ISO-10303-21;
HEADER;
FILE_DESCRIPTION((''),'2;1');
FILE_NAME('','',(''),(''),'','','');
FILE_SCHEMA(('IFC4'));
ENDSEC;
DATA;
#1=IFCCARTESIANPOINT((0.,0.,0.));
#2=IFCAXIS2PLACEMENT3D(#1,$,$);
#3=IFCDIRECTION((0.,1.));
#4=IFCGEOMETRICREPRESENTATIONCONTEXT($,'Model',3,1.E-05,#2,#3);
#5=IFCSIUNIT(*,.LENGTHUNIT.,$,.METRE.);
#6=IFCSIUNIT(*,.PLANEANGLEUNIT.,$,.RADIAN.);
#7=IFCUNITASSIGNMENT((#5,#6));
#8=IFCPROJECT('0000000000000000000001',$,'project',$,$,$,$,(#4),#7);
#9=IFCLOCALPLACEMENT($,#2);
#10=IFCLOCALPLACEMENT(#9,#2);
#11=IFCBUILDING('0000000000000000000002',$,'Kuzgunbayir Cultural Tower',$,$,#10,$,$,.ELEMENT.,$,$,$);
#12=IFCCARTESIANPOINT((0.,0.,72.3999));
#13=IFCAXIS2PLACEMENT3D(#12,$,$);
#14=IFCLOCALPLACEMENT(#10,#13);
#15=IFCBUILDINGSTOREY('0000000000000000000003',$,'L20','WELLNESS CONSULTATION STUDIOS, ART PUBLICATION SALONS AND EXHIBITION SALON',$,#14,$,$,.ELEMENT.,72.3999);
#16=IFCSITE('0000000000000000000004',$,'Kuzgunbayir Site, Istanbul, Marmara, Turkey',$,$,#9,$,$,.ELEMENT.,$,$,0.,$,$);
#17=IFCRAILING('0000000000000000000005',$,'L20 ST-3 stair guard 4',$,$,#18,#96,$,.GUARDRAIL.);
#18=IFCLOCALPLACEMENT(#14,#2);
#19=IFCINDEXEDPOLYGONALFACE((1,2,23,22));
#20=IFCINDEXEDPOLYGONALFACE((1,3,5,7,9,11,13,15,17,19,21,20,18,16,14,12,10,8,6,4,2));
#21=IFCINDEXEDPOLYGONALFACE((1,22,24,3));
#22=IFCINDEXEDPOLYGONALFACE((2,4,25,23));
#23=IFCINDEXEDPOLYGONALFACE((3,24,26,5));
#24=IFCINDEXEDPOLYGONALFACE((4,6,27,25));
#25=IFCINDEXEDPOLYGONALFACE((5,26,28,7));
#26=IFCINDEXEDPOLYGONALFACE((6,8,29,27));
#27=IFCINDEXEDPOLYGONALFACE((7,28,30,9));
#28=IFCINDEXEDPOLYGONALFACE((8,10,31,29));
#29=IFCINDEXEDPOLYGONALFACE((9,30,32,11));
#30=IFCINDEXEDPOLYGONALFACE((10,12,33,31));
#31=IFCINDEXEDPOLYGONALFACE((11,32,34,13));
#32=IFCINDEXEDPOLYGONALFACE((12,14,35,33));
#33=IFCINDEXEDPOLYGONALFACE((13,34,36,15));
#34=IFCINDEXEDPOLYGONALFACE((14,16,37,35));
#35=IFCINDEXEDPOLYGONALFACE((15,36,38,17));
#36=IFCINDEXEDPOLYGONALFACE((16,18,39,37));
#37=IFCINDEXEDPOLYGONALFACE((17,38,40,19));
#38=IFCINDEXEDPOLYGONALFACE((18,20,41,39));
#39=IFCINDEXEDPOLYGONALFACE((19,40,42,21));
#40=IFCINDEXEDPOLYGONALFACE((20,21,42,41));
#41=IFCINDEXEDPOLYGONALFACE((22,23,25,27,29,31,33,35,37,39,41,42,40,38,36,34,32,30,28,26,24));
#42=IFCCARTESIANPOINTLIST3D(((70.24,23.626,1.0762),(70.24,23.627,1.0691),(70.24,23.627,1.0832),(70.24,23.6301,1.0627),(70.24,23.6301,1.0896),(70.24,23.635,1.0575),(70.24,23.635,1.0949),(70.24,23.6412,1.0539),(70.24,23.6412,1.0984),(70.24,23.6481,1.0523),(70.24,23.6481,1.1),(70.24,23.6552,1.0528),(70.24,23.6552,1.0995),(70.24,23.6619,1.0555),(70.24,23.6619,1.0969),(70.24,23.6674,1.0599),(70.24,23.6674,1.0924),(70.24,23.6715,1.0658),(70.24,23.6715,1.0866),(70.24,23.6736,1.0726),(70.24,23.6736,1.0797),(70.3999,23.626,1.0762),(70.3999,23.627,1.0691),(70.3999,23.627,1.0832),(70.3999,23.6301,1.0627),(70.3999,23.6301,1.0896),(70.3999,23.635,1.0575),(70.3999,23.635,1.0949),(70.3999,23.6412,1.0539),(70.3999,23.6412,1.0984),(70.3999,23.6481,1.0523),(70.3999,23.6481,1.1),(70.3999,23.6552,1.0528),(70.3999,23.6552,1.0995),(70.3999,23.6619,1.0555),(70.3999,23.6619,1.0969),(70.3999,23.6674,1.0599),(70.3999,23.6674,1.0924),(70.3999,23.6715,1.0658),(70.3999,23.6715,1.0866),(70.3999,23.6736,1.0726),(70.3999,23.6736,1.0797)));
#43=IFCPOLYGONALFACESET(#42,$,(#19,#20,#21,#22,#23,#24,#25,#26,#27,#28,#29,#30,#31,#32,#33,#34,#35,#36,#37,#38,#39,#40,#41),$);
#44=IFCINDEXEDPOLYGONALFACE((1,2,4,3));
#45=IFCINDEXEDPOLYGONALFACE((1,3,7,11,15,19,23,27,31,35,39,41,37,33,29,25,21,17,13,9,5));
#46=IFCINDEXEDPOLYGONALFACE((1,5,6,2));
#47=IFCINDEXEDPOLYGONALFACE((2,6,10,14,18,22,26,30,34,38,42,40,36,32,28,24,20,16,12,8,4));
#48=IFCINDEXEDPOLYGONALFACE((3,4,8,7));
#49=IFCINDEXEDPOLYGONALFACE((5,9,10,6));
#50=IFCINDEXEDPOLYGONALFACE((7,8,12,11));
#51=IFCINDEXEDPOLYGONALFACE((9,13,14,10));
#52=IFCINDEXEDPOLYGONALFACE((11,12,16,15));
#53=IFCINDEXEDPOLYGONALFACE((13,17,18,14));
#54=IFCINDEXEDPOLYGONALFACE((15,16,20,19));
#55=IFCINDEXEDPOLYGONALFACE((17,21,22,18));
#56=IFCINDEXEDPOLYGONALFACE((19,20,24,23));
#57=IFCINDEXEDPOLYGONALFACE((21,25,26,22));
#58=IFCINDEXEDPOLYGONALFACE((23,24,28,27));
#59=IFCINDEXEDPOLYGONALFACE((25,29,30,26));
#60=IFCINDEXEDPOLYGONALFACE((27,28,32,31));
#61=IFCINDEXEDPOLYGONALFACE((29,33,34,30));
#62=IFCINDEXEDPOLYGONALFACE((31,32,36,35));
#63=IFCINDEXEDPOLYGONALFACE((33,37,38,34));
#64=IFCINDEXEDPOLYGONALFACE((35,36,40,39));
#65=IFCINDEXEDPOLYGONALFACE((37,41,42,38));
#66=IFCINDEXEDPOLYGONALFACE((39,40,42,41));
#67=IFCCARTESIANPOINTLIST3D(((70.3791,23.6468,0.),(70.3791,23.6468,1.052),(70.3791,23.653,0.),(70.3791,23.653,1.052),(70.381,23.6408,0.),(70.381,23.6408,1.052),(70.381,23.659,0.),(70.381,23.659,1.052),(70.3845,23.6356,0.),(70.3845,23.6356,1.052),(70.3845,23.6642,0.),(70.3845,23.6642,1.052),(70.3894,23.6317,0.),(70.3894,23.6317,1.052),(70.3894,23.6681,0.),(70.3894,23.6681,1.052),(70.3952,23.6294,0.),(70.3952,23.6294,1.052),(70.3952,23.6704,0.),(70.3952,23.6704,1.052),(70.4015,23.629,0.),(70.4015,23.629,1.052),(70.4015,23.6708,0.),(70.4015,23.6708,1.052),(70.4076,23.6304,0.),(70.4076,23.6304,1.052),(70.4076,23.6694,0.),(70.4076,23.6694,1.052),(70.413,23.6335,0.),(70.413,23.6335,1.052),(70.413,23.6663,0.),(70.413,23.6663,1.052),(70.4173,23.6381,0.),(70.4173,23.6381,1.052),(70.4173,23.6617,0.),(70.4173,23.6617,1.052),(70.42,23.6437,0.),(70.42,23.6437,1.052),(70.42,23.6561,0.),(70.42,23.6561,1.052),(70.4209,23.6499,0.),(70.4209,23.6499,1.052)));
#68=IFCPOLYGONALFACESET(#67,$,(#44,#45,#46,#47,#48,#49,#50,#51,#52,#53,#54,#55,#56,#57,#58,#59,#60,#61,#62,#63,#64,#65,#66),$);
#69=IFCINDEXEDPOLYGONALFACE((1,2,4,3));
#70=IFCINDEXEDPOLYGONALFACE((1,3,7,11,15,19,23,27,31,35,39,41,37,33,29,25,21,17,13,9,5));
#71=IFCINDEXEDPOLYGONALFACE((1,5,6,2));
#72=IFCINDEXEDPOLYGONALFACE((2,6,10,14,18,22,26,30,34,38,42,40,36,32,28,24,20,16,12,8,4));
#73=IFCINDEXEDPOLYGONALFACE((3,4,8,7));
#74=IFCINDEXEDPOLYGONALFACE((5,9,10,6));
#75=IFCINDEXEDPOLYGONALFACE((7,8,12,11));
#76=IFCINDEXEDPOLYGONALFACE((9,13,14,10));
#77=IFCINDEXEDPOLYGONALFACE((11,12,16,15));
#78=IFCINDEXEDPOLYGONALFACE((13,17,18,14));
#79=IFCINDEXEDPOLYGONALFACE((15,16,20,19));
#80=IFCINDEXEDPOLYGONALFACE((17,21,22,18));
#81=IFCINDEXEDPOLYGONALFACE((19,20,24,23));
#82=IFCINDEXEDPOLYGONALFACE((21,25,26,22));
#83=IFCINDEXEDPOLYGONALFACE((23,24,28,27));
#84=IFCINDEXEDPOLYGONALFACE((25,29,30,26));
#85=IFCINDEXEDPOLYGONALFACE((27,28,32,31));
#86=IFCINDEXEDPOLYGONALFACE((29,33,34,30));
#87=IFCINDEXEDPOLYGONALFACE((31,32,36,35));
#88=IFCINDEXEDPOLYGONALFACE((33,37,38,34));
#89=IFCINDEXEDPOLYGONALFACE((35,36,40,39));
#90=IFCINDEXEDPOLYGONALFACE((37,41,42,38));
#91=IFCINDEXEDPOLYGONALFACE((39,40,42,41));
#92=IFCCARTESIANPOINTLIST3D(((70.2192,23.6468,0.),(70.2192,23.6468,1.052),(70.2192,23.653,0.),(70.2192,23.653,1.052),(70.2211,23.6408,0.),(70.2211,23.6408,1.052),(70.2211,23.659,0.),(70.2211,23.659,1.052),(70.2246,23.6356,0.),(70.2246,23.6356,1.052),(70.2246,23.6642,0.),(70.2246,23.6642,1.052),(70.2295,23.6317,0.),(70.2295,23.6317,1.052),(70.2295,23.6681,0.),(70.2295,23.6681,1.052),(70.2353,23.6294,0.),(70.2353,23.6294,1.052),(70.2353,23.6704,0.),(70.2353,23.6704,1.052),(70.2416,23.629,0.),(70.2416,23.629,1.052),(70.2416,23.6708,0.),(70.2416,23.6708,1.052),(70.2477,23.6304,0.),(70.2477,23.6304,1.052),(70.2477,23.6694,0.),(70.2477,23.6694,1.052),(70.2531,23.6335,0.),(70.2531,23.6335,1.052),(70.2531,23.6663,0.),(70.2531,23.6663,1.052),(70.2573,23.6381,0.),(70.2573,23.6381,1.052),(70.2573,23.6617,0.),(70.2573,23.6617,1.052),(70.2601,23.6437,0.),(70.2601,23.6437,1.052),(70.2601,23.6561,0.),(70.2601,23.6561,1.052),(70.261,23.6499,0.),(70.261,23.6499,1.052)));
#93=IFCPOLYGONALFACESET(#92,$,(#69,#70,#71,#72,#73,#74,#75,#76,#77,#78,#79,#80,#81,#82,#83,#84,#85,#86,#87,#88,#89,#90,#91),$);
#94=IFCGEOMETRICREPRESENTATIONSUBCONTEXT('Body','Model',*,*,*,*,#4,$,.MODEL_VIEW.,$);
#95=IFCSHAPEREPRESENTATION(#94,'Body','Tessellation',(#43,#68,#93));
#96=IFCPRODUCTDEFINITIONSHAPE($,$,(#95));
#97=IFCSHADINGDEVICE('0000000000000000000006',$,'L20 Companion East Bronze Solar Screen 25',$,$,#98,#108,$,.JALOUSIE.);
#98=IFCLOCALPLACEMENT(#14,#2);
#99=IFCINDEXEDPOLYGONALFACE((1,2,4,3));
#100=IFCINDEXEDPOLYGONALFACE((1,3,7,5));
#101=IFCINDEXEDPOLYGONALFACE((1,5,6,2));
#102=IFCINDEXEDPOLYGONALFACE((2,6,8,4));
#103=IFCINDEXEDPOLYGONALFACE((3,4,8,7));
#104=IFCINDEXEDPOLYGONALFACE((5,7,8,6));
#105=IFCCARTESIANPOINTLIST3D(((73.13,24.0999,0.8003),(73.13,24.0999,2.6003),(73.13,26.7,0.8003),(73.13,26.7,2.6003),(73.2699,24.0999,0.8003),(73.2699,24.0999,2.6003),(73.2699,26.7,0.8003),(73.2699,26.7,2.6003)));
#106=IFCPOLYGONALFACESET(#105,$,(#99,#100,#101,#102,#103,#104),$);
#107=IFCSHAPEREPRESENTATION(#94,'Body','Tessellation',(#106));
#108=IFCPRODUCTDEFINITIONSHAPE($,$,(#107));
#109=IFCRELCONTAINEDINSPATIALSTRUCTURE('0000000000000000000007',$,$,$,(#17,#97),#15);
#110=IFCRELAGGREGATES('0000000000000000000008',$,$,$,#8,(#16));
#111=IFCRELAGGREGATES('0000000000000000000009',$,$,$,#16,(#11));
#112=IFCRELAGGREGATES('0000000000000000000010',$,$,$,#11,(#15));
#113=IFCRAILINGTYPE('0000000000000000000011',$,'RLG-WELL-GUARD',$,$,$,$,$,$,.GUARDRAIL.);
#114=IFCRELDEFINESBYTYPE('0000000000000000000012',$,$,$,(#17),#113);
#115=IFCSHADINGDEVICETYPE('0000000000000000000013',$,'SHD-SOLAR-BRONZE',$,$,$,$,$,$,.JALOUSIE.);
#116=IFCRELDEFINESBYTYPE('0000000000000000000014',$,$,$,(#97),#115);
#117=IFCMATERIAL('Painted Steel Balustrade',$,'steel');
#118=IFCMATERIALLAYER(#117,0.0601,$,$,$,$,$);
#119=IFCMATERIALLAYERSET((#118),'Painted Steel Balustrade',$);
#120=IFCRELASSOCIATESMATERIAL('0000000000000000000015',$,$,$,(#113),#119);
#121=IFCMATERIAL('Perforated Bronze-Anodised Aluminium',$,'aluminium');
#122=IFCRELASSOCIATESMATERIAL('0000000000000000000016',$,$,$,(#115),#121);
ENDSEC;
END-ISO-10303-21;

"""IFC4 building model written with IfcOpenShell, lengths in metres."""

from ifc_helpers import new_model, si_unit, direction, frame, origin, origin_2d, place, context, subcontext, project, spatial, rectangle, circle, extrude, material, layer, layer_set, type_object, element, save


model = new_model("IFC4")

# Units and contexts
model_context = context("Model", 3, precision=1e-05, world=origin(), true_north=direction((0.0, 1.0)))
body_context = subcontext(model_context, "Body", "Model", "MODEL_VIEW")
ifc_project = project(units=[si_unit("LENGTHUNIT", "METRE"), si_unit("PLANEANGLEUNIT", "RADIAN")], contexts=[model_context])

# Site, building, storey
site_placement = place(None, origin())
site = spatial("IfcSite", under=ifc_project, at=site_placement, Name="Kuzgunbayir Site, Istanbul, Marmara, Turkey", CompositionType="ELEMENT", RefElevation=0.0)
building_placement = place(site_placement, origin())
building = spatial("IfcBuilding", under=site, at=building_placement, Name="Kuzgunbayir Cultural Tower", CompositionType="ELEMENT")
storey_placement = place(building_placement, frame((0.0, 0.0, 72.3999)))
storey = spatial("IfcBuildingStorey", under=building, at=storey_placement, Name="L20", Description="WELLNESS CONSULTATION STUDIOS, ART PUBLICATION SALONS AND EXHIBITION SALON", CompositionType="ELEMENT", Elevation=72.3999)

# Railing
ifc_material_1 = material(Name="Painted Steel Balustrade", Category="steel")
ifc_layer_1 = layer(ifc_material_1, 0.0601)
ifc_layer_set_1 = layer_set([ifc_layer_1], Name="Painted Steel Balustrade")
railing_type_1 = type_object("IfcRailingType", Name="RLG-WELL-GUARD", PredefinedType="GUARDRAIL", material=ifc_layer_set_1)
railing_1_placement = place(storey_placement, frame((70.3999, 23.6499, 0.0)))
element("IfcRailing", 1, at=railing_1_placement, inside=storey, type_object=railing_type_1, Name="L20 ST-3 stair guard 4", PredefinedType="GUARDRAIL", context=body_context, shape_type="SweptSolid", body=[
    extrude(circle(Radius=0.0239, at=origin_2d()), frame((0.0, 0.0, 1.0762), z_axis=(-1.0, 0.0, 0.0), x_axis=(0.0, -1.0, 0.0)), (0.0, 0.0, 1.0), 0.1599),
    extrude(circle(Radius=0.021, at=origin_2d()), origin(), (0.0, 0.0, 1.0), 1.052),
    extrude(circle(Radius=0.021, at=origin_2d()), frame((-0.1599, 0.0, 0.0)), (0.0, 0.0, 1.0), 1.052),
])

# Shading device
ifc_material_2 = material(Name="Perforated Bronze-Anodised Aluminium", Category="aluminium")
shading_device_type = type_object("IfcShadingDeviceType", Name="SHD-SOLAR-BRONZE", PredefinedType="JALOUSIE", material=ifc_material_2)
shading_device_placement = place(storey_placement, frame((73.2, 25.3999, 0.8003), z_axis=(0.0, 0.0, 1.0), x_axis=(1.0, 0.0, 0.0)))
element("IfcShadingDevice", 2, at=shading_device_placement, inside=storey, type_object=shading_device_type, Name="L20 Companion East Bronze Solar Screen 25", PredefinedType="JALOUSIE", context=body_context, shape_type="SweptSolid", body=[
    extrude(rectangle(XDim=0.1399, YDim=2.6001, at=origin_2d()), origin(), (0.0, 0.0, 1.0), 1.8),
])

save(model, "model.ifc")
